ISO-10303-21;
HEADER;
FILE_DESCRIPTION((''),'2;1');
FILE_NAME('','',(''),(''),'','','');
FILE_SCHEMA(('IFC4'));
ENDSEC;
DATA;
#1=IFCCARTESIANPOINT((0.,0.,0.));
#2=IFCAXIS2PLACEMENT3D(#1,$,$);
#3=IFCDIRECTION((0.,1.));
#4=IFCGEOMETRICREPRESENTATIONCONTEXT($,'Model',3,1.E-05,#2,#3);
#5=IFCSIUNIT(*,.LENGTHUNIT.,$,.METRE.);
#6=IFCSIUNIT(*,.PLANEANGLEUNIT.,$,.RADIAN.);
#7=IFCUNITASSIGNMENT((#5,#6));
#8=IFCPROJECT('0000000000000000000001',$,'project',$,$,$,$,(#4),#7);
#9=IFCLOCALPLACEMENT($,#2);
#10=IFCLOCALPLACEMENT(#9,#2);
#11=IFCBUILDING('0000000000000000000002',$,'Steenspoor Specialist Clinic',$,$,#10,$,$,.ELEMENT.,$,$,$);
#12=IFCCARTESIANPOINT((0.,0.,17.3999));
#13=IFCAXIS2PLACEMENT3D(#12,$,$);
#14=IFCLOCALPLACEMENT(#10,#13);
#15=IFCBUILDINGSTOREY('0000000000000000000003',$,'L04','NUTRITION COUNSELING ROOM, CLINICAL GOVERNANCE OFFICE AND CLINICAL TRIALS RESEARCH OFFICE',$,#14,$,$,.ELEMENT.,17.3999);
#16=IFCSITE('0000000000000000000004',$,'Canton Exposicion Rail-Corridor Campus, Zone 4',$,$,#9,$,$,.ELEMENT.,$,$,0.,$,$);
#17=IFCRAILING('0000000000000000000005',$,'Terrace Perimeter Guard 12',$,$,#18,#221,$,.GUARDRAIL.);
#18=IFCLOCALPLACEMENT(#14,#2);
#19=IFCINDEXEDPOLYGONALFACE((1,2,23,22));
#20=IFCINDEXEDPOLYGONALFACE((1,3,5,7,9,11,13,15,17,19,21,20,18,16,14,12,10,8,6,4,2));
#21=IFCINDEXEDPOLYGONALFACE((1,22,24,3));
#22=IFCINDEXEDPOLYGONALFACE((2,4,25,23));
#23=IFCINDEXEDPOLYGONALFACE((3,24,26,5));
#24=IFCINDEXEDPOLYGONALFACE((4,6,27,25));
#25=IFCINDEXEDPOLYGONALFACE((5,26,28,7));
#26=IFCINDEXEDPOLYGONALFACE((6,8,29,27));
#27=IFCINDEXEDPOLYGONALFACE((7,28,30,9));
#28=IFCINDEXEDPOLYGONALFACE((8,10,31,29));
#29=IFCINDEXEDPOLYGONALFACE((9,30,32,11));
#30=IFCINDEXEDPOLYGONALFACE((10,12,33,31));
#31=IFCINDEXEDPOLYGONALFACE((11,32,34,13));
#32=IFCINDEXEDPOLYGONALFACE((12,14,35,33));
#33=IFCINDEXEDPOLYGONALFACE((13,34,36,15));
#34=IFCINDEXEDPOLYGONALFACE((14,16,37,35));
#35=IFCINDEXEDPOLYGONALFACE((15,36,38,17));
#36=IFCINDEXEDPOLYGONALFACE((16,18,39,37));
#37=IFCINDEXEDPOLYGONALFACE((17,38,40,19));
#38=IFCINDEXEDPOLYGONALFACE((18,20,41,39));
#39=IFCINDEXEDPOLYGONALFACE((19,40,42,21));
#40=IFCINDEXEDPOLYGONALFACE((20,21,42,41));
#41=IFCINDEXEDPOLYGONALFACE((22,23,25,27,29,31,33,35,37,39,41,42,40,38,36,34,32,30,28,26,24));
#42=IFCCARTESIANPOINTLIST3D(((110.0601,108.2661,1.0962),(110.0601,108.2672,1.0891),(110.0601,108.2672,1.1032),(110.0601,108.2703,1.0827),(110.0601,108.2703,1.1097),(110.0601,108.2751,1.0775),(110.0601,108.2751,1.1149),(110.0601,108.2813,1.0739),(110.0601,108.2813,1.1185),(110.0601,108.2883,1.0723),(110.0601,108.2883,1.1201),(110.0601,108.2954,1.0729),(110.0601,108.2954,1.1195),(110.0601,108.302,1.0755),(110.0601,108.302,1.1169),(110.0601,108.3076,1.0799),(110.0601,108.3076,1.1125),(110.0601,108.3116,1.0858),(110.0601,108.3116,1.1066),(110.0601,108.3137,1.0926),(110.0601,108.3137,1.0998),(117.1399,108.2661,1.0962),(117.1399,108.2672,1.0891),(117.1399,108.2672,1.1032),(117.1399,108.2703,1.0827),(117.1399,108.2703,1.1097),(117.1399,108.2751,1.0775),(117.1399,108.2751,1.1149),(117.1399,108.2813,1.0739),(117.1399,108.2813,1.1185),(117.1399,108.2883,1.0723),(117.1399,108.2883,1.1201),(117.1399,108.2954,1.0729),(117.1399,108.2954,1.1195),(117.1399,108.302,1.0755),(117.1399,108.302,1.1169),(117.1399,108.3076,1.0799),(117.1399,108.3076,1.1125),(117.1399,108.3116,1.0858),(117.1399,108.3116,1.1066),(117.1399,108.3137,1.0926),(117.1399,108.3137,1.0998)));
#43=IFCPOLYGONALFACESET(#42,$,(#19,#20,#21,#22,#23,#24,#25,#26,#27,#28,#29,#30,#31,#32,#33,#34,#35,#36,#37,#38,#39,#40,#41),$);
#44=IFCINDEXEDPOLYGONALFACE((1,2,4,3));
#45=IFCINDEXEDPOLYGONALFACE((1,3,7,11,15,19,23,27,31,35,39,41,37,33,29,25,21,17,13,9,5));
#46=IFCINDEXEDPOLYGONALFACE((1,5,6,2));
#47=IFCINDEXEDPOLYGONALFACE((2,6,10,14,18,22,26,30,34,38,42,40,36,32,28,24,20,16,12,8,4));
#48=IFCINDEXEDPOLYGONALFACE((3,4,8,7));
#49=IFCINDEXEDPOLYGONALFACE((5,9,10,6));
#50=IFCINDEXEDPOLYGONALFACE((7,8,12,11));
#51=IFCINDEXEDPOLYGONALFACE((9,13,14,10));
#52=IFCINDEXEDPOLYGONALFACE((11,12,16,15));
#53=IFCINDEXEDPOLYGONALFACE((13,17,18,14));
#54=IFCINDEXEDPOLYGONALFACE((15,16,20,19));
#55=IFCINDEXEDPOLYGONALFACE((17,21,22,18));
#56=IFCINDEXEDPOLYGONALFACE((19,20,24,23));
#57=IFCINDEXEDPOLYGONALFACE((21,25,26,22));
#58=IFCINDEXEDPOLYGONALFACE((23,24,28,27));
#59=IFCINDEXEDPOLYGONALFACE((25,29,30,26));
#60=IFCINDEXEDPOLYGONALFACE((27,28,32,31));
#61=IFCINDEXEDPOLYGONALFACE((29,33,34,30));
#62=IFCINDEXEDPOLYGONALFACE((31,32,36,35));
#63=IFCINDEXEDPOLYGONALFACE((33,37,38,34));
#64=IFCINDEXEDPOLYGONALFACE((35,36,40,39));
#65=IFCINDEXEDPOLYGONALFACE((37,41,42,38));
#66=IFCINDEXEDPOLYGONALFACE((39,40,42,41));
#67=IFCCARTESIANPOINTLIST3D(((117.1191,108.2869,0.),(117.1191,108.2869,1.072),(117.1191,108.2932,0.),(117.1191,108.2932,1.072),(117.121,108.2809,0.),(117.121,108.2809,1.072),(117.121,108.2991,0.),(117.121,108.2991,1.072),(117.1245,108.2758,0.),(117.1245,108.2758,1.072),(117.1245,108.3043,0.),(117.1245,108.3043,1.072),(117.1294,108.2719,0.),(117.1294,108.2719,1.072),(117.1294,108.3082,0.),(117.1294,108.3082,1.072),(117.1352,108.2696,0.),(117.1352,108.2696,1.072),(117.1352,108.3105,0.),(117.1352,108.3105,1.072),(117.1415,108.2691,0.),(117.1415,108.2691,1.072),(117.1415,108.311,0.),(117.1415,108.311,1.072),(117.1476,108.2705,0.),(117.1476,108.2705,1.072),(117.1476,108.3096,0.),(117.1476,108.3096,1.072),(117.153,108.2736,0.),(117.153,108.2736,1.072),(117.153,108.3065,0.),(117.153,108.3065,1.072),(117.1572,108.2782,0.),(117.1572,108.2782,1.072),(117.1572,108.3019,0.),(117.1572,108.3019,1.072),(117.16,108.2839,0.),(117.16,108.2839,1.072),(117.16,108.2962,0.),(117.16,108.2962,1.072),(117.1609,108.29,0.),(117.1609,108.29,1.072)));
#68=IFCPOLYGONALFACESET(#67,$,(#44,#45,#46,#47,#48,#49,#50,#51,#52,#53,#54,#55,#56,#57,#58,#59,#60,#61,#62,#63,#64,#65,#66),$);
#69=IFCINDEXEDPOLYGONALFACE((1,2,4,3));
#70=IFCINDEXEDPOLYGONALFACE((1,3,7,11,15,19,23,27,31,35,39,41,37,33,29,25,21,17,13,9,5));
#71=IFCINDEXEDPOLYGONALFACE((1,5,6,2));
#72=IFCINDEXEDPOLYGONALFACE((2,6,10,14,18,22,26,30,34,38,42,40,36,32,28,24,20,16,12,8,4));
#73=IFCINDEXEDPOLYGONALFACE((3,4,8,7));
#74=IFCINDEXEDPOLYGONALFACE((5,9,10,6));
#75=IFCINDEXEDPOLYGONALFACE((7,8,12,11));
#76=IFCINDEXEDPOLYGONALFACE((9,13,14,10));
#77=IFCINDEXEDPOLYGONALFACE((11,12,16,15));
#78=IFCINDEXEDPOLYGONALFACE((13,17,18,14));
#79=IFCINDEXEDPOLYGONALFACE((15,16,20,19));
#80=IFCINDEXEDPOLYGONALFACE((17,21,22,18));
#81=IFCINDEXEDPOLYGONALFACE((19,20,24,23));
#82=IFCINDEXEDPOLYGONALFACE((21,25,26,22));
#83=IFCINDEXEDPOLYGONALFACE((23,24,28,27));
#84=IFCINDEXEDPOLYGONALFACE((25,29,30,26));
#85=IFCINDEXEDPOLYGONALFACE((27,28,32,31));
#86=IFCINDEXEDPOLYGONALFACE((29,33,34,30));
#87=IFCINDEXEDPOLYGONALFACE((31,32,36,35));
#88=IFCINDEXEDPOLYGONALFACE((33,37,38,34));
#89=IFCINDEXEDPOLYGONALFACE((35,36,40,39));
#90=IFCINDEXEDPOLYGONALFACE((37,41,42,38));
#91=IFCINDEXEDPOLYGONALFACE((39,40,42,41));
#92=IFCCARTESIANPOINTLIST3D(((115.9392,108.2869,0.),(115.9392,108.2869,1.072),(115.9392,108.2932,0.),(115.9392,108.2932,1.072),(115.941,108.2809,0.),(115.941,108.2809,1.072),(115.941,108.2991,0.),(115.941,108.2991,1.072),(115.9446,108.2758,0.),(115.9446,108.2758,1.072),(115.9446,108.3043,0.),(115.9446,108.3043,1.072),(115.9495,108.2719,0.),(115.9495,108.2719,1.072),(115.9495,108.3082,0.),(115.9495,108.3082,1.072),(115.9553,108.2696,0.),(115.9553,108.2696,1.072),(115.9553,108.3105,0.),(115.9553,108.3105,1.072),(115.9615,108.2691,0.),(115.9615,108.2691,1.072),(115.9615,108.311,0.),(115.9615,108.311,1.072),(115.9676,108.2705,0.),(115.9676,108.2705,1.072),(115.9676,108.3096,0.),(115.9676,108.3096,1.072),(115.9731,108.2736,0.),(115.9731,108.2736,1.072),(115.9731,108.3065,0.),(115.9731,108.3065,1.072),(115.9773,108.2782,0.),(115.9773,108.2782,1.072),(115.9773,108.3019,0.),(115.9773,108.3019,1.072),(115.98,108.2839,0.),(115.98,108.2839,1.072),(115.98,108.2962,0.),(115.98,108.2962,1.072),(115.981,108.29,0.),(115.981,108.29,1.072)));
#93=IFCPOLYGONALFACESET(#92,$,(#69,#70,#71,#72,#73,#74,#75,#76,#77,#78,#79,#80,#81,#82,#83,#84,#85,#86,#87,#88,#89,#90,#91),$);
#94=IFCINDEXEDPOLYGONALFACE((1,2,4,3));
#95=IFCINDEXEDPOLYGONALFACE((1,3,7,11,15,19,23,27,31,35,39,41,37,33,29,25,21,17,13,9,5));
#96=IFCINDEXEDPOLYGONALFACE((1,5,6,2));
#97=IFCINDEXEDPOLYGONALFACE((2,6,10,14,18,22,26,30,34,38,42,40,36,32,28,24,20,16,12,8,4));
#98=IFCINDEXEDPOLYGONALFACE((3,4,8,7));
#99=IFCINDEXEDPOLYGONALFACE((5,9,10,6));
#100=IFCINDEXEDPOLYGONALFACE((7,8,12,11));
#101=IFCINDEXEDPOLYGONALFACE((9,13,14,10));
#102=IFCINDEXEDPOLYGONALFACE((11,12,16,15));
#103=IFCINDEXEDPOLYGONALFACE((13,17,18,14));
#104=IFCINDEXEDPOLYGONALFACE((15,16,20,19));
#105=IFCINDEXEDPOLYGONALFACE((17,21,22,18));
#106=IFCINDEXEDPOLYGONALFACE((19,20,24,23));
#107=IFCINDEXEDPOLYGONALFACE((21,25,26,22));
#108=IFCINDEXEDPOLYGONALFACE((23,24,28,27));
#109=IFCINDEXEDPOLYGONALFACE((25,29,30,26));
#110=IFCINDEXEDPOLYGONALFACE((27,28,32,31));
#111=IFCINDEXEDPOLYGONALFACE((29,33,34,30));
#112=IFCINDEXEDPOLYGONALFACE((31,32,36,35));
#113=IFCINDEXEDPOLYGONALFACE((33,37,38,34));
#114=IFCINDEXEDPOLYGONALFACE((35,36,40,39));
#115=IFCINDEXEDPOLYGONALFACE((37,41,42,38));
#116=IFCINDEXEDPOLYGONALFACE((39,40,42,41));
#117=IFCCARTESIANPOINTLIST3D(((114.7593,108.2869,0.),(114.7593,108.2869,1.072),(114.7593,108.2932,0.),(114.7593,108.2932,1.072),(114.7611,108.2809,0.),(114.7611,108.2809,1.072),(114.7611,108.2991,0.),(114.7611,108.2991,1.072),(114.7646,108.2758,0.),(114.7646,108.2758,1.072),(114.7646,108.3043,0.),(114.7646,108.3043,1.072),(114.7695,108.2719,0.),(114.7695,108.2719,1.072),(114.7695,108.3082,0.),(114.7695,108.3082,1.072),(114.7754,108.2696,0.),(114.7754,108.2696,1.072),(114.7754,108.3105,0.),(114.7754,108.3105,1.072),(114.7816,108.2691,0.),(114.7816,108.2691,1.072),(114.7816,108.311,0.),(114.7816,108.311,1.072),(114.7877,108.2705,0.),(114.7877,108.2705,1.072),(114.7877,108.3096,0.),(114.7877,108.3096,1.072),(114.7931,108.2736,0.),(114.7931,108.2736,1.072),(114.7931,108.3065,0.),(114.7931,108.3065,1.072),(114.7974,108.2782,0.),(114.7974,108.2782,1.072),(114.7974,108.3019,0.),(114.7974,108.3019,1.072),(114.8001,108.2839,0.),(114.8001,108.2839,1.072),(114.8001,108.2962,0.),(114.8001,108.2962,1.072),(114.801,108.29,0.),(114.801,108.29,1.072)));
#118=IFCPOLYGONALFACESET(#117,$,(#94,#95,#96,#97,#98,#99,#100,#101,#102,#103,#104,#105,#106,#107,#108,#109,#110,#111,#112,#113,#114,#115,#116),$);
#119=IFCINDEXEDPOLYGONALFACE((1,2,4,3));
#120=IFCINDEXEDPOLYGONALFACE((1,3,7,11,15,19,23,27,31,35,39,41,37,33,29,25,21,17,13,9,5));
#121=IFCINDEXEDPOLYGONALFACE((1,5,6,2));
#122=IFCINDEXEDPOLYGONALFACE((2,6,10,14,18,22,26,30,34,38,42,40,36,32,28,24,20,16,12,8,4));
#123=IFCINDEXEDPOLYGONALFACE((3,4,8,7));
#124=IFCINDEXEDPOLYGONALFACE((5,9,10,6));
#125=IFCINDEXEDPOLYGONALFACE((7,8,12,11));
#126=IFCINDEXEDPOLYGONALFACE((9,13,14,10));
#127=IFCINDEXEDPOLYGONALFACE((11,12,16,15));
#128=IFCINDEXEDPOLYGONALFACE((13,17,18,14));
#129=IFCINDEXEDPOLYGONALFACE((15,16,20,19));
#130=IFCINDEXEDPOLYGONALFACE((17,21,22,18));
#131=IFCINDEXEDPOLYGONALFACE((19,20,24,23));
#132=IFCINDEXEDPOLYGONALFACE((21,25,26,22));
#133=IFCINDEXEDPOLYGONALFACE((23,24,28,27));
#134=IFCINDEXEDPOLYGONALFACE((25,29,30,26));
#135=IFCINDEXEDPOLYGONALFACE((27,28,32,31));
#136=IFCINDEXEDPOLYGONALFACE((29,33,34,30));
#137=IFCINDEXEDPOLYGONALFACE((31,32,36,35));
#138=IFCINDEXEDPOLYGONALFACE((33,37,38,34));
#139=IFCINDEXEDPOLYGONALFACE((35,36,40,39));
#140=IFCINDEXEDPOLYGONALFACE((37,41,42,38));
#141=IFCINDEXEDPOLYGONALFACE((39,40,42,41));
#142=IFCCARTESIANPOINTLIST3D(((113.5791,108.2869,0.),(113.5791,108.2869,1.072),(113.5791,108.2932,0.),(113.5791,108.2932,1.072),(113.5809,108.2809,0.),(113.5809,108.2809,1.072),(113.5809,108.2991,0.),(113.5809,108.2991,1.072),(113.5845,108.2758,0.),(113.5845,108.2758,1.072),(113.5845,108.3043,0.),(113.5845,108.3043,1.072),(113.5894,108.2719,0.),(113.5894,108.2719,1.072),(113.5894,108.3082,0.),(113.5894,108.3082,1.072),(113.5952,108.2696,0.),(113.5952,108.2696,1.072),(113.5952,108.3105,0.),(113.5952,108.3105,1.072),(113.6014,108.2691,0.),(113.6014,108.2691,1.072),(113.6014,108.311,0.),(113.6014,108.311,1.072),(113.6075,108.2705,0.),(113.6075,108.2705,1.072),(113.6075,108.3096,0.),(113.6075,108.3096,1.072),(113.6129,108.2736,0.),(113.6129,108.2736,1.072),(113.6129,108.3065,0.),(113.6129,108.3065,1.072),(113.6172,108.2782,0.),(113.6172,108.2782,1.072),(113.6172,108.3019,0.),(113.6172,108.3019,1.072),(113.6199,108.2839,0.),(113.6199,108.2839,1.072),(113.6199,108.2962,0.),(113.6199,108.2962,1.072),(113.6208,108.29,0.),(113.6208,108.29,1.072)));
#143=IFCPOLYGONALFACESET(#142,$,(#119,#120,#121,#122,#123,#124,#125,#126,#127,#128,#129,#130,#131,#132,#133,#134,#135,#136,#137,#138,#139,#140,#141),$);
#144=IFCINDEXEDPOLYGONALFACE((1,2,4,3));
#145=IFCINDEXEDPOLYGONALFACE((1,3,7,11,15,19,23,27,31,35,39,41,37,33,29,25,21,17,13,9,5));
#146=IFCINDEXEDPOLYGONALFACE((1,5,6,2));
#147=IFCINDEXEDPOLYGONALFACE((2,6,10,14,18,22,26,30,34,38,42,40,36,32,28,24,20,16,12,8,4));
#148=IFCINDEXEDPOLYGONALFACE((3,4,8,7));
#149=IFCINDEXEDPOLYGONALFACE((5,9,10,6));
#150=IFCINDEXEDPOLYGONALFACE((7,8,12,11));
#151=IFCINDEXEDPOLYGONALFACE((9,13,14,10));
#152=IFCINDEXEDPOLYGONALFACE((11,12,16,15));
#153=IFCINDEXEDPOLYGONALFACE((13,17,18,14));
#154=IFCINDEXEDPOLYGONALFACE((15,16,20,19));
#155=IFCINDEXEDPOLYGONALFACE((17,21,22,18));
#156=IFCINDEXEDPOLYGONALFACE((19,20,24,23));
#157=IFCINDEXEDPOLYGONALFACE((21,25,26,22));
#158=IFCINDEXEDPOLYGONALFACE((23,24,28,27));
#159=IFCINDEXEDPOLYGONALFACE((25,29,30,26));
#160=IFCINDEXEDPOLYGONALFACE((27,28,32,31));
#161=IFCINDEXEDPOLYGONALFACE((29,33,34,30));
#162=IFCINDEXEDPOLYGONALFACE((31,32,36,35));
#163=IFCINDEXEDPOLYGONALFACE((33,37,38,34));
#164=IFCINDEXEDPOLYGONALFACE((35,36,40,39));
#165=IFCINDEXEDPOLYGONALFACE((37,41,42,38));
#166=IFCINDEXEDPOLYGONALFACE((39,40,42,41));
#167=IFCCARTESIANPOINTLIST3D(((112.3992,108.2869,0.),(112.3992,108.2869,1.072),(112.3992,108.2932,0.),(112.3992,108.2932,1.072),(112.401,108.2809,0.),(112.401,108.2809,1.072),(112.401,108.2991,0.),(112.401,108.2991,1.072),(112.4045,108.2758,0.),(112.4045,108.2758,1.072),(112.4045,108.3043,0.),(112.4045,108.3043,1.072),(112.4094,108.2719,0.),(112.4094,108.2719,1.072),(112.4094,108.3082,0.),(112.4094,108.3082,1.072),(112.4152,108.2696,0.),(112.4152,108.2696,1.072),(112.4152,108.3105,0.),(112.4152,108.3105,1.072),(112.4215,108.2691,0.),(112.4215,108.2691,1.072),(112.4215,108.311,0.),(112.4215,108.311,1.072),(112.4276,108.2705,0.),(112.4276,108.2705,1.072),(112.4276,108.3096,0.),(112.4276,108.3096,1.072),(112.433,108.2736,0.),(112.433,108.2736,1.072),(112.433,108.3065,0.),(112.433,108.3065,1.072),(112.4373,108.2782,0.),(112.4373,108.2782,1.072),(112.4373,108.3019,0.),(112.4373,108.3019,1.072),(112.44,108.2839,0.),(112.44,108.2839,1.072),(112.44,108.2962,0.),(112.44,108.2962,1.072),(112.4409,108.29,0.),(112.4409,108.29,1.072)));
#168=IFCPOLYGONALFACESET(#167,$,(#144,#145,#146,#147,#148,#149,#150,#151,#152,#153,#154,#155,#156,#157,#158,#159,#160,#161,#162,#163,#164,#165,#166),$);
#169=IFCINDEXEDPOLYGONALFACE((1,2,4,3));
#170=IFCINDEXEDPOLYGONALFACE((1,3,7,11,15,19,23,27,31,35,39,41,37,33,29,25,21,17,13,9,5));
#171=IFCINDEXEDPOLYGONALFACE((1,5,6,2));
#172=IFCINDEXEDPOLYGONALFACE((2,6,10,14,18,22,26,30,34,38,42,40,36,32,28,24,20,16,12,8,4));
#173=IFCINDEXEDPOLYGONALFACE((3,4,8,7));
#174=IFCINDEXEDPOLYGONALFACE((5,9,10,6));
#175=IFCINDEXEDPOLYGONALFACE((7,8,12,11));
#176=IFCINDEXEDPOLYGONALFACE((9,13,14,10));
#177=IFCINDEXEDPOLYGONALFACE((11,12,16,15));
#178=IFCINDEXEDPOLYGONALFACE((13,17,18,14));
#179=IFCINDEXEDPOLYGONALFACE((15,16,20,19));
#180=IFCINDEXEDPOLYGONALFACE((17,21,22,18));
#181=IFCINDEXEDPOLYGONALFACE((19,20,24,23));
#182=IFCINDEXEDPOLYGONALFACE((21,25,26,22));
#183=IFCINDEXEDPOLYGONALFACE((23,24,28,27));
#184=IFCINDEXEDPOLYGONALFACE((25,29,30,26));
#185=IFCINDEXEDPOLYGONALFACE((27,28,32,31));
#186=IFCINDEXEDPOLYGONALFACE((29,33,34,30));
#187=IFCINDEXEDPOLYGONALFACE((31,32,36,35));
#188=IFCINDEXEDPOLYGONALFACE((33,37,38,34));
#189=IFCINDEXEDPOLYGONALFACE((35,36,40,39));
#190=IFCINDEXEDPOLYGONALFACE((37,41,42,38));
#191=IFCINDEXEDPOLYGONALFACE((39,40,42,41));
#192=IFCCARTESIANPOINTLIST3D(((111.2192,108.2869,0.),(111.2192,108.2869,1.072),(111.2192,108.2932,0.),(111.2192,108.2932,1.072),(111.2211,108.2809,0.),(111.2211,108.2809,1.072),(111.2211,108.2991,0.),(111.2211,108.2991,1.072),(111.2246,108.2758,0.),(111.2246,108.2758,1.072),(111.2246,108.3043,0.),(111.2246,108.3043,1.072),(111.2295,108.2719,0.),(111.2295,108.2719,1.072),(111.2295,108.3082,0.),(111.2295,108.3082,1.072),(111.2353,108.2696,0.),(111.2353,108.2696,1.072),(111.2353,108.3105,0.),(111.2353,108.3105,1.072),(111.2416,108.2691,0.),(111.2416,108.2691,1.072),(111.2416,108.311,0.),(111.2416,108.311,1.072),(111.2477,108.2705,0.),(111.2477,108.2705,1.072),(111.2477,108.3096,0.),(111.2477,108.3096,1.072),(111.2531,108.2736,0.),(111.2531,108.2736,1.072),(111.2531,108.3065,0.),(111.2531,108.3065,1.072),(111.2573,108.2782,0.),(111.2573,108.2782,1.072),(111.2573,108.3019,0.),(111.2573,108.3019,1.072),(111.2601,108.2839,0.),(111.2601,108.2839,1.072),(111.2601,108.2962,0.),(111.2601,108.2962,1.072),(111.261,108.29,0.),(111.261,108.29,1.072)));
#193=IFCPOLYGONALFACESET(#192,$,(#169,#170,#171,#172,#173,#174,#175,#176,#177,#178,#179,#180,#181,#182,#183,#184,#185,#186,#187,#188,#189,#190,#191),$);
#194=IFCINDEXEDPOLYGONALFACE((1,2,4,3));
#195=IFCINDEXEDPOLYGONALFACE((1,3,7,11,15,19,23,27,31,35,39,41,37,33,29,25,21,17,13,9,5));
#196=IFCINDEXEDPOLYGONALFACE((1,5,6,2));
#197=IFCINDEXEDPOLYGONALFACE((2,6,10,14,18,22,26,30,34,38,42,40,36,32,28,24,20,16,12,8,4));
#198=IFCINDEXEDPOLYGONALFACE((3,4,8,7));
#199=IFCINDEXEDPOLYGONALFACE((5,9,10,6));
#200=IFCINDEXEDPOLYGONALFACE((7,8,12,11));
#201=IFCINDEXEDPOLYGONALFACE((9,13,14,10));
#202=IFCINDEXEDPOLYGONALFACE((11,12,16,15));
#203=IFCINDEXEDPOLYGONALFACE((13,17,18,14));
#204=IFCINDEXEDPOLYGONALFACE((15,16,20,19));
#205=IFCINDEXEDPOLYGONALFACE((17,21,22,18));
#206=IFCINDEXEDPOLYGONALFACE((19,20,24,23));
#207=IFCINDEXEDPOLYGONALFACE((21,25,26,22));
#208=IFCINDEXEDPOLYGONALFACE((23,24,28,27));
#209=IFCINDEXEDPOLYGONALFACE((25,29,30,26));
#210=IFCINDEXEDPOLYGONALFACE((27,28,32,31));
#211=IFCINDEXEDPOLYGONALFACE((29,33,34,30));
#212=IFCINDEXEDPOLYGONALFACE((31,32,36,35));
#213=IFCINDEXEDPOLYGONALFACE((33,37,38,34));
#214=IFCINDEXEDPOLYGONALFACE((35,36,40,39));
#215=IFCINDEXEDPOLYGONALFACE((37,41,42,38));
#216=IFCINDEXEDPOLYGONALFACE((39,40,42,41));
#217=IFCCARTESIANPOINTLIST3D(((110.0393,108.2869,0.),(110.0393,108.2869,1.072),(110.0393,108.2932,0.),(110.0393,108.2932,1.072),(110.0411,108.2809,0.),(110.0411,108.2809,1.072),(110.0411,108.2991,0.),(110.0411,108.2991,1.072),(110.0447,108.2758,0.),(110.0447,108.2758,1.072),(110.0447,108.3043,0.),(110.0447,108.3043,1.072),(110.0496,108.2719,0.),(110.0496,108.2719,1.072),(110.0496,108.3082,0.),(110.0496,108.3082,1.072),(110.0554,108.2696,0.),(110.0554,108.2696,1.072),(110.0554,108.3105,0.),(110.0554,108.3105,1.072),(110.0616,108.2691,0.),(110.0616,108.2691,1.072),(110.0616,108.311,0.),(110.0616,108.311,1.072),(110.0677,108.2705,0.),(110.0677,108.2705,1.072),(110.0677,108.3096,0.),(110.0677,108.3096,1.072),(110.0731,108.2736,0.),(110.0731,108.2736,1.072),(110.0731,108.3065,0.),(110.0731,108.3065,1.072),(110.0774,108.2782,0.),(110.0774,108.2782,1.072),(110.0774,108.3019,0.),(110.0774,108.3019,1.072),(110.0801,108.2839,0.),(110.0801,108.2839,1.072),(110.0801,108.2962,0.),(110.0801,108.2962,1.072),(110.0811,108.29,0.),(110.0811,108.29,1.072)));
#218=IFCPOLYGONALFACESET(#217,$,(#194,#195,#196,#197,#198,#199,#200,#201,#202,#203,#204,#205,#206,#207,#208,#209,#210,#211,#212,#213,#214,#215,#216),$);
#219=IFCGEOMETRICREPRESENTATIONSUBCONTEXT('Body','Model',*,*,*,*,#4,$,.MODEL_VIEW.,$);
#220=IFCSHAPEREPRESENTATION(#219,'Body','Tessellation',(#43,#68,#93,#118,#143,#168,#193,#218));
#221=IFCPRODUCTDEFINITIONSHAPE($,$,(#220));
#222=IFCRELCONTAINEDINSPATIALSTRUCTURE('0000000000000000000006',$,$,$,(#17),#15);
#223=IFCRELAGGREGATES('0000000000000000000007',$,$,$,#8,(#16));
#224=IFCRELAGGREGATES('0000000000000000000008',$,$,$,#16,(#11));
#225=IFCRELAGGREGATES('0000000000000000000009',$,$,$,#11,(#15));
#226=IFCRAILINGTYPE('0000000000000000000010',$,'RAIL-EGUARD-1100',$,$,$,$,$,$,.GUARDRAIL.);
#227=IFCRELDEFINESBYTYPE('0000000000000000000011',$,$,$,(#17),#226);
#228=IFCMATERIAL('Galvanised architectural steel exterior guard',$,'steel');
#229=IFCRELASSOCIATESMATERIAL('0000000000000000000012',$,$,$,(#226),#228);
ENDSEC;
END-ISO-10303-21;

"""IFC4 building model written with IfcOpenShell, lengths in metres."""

from ifc_helpers import new_model, si_unit, direction, frame, origin, origin_2d, place, context, subcontext, project, spatial, circle, extrude, material, type_object, element, save


model = new_model("IFC4")

# Units and contexts
model_context = context("Model", 3, precision=1e-05, world=origin(), true_north=direction((0.0, 1.0)))
body_context = subcontext(model_context, "Body", "Model", "MODEL_VIEW")
ifc_project = project(units=[si_unit("LENGTHUNIT", "METRE"), si_unit("PLANEANGLEUNIT", "RADIAN")], contexts=[model_context])

# Site, building, storey
site_placement = place(None, origin())
site = spatial("IfcSite", under=ifc_project, at=site_placement, Name="Canton Exposicion Rail-Corridor Campus, Zone 4", CompositionType="ELEMENT", RefElevation=0.0)
building_placement = place(site_placement, origin())
building = spatial("IfcBuilding", under=site, at=building_placement, Name="Steenspoor Specialist Clinic", CompositionType="ELEMENT")
storey_placement = place(building_placement, frame((0.0, 0.0, 17.3999)))
storey = spatial("IfcBuildingStorey", under=building, at=storey_placement, Name="L04", Description="NUTRITION COUNSELING ROOM, CLINICAL GOVERNANCE OFFICE AND CLINICAL TRIALS RESEARCH OFFICE", CompositionType="ELEMENT", Elevation=17.3999)

# Railing
ifc_material_1 = material(Name="Galvanised architectural steel exterior guard", Category="steel")
railing_type_1 = type_object("IfcRailingType", Name="RAIL-EGUARD-1100", PredefinedType="GUARDRAIL", material=ifc_material_1)
railing_1_placement = place(storey_placement, frame((117.1399, 108.29, 0.0)))
element("IfcRailing", 1, at=railing_1_placement, inside=storey, type_object=railing_type_1, Name="Terrace Perimeter Guard 12", PredefinedType="GUARDRAIL", context=body_context, shape_type="SweptSolid", body=[
    extrude(circle(Radius=0.0239, at=origin_2d()), frame((0.0, 0.0, 1.0962), z_axis=(-1.0, 0.0, 0.0), x_axis=(0.0, -1.0, 0.0)), (0.0, 0.0, 1.0), 7.0798),
    extrude(circle(Radius=0.021, at=origin_2d()), origin(), (0.0, 0.0, 1.0), 1.072),
    extrude(circle(Radius=0.021, at=origin_2d()), frame((-1.1799, 0.0, 0.0)), (0.0, 0.0, 1.0), 1.072),
    extrude(circle(Radius=0.021, at=origin_2d()), frame((-2.3599, 0.0, 0.0)), (0.0, 0.0, 1.0), 1.072),
    extrude(circle(Radius=0.021, at=origin_2d()), frame((-3.54, 0.0, 0.0)), (0.0, 0.0, 1.0), 1.072),
    extrude(circle(Radius=0.021, at=origin_2d()), frame((-4.72, 0.0, 0.0)), (0.0, 0.0, 1.0), 1.072),
    extrude(circle(Radius=0.021, at=origin_2d()), frame((-5.8999, 0.0, 0.0)), (0.0, 0.0, 1.0), 1.072),
    extrude(circle(Radius=0.021, at=origin_2d()), frame((-7.0798, 0.0, 0.0)), (0.0, 0.0, 1.0), 1.072),
])

save(model, "model.ifc")
